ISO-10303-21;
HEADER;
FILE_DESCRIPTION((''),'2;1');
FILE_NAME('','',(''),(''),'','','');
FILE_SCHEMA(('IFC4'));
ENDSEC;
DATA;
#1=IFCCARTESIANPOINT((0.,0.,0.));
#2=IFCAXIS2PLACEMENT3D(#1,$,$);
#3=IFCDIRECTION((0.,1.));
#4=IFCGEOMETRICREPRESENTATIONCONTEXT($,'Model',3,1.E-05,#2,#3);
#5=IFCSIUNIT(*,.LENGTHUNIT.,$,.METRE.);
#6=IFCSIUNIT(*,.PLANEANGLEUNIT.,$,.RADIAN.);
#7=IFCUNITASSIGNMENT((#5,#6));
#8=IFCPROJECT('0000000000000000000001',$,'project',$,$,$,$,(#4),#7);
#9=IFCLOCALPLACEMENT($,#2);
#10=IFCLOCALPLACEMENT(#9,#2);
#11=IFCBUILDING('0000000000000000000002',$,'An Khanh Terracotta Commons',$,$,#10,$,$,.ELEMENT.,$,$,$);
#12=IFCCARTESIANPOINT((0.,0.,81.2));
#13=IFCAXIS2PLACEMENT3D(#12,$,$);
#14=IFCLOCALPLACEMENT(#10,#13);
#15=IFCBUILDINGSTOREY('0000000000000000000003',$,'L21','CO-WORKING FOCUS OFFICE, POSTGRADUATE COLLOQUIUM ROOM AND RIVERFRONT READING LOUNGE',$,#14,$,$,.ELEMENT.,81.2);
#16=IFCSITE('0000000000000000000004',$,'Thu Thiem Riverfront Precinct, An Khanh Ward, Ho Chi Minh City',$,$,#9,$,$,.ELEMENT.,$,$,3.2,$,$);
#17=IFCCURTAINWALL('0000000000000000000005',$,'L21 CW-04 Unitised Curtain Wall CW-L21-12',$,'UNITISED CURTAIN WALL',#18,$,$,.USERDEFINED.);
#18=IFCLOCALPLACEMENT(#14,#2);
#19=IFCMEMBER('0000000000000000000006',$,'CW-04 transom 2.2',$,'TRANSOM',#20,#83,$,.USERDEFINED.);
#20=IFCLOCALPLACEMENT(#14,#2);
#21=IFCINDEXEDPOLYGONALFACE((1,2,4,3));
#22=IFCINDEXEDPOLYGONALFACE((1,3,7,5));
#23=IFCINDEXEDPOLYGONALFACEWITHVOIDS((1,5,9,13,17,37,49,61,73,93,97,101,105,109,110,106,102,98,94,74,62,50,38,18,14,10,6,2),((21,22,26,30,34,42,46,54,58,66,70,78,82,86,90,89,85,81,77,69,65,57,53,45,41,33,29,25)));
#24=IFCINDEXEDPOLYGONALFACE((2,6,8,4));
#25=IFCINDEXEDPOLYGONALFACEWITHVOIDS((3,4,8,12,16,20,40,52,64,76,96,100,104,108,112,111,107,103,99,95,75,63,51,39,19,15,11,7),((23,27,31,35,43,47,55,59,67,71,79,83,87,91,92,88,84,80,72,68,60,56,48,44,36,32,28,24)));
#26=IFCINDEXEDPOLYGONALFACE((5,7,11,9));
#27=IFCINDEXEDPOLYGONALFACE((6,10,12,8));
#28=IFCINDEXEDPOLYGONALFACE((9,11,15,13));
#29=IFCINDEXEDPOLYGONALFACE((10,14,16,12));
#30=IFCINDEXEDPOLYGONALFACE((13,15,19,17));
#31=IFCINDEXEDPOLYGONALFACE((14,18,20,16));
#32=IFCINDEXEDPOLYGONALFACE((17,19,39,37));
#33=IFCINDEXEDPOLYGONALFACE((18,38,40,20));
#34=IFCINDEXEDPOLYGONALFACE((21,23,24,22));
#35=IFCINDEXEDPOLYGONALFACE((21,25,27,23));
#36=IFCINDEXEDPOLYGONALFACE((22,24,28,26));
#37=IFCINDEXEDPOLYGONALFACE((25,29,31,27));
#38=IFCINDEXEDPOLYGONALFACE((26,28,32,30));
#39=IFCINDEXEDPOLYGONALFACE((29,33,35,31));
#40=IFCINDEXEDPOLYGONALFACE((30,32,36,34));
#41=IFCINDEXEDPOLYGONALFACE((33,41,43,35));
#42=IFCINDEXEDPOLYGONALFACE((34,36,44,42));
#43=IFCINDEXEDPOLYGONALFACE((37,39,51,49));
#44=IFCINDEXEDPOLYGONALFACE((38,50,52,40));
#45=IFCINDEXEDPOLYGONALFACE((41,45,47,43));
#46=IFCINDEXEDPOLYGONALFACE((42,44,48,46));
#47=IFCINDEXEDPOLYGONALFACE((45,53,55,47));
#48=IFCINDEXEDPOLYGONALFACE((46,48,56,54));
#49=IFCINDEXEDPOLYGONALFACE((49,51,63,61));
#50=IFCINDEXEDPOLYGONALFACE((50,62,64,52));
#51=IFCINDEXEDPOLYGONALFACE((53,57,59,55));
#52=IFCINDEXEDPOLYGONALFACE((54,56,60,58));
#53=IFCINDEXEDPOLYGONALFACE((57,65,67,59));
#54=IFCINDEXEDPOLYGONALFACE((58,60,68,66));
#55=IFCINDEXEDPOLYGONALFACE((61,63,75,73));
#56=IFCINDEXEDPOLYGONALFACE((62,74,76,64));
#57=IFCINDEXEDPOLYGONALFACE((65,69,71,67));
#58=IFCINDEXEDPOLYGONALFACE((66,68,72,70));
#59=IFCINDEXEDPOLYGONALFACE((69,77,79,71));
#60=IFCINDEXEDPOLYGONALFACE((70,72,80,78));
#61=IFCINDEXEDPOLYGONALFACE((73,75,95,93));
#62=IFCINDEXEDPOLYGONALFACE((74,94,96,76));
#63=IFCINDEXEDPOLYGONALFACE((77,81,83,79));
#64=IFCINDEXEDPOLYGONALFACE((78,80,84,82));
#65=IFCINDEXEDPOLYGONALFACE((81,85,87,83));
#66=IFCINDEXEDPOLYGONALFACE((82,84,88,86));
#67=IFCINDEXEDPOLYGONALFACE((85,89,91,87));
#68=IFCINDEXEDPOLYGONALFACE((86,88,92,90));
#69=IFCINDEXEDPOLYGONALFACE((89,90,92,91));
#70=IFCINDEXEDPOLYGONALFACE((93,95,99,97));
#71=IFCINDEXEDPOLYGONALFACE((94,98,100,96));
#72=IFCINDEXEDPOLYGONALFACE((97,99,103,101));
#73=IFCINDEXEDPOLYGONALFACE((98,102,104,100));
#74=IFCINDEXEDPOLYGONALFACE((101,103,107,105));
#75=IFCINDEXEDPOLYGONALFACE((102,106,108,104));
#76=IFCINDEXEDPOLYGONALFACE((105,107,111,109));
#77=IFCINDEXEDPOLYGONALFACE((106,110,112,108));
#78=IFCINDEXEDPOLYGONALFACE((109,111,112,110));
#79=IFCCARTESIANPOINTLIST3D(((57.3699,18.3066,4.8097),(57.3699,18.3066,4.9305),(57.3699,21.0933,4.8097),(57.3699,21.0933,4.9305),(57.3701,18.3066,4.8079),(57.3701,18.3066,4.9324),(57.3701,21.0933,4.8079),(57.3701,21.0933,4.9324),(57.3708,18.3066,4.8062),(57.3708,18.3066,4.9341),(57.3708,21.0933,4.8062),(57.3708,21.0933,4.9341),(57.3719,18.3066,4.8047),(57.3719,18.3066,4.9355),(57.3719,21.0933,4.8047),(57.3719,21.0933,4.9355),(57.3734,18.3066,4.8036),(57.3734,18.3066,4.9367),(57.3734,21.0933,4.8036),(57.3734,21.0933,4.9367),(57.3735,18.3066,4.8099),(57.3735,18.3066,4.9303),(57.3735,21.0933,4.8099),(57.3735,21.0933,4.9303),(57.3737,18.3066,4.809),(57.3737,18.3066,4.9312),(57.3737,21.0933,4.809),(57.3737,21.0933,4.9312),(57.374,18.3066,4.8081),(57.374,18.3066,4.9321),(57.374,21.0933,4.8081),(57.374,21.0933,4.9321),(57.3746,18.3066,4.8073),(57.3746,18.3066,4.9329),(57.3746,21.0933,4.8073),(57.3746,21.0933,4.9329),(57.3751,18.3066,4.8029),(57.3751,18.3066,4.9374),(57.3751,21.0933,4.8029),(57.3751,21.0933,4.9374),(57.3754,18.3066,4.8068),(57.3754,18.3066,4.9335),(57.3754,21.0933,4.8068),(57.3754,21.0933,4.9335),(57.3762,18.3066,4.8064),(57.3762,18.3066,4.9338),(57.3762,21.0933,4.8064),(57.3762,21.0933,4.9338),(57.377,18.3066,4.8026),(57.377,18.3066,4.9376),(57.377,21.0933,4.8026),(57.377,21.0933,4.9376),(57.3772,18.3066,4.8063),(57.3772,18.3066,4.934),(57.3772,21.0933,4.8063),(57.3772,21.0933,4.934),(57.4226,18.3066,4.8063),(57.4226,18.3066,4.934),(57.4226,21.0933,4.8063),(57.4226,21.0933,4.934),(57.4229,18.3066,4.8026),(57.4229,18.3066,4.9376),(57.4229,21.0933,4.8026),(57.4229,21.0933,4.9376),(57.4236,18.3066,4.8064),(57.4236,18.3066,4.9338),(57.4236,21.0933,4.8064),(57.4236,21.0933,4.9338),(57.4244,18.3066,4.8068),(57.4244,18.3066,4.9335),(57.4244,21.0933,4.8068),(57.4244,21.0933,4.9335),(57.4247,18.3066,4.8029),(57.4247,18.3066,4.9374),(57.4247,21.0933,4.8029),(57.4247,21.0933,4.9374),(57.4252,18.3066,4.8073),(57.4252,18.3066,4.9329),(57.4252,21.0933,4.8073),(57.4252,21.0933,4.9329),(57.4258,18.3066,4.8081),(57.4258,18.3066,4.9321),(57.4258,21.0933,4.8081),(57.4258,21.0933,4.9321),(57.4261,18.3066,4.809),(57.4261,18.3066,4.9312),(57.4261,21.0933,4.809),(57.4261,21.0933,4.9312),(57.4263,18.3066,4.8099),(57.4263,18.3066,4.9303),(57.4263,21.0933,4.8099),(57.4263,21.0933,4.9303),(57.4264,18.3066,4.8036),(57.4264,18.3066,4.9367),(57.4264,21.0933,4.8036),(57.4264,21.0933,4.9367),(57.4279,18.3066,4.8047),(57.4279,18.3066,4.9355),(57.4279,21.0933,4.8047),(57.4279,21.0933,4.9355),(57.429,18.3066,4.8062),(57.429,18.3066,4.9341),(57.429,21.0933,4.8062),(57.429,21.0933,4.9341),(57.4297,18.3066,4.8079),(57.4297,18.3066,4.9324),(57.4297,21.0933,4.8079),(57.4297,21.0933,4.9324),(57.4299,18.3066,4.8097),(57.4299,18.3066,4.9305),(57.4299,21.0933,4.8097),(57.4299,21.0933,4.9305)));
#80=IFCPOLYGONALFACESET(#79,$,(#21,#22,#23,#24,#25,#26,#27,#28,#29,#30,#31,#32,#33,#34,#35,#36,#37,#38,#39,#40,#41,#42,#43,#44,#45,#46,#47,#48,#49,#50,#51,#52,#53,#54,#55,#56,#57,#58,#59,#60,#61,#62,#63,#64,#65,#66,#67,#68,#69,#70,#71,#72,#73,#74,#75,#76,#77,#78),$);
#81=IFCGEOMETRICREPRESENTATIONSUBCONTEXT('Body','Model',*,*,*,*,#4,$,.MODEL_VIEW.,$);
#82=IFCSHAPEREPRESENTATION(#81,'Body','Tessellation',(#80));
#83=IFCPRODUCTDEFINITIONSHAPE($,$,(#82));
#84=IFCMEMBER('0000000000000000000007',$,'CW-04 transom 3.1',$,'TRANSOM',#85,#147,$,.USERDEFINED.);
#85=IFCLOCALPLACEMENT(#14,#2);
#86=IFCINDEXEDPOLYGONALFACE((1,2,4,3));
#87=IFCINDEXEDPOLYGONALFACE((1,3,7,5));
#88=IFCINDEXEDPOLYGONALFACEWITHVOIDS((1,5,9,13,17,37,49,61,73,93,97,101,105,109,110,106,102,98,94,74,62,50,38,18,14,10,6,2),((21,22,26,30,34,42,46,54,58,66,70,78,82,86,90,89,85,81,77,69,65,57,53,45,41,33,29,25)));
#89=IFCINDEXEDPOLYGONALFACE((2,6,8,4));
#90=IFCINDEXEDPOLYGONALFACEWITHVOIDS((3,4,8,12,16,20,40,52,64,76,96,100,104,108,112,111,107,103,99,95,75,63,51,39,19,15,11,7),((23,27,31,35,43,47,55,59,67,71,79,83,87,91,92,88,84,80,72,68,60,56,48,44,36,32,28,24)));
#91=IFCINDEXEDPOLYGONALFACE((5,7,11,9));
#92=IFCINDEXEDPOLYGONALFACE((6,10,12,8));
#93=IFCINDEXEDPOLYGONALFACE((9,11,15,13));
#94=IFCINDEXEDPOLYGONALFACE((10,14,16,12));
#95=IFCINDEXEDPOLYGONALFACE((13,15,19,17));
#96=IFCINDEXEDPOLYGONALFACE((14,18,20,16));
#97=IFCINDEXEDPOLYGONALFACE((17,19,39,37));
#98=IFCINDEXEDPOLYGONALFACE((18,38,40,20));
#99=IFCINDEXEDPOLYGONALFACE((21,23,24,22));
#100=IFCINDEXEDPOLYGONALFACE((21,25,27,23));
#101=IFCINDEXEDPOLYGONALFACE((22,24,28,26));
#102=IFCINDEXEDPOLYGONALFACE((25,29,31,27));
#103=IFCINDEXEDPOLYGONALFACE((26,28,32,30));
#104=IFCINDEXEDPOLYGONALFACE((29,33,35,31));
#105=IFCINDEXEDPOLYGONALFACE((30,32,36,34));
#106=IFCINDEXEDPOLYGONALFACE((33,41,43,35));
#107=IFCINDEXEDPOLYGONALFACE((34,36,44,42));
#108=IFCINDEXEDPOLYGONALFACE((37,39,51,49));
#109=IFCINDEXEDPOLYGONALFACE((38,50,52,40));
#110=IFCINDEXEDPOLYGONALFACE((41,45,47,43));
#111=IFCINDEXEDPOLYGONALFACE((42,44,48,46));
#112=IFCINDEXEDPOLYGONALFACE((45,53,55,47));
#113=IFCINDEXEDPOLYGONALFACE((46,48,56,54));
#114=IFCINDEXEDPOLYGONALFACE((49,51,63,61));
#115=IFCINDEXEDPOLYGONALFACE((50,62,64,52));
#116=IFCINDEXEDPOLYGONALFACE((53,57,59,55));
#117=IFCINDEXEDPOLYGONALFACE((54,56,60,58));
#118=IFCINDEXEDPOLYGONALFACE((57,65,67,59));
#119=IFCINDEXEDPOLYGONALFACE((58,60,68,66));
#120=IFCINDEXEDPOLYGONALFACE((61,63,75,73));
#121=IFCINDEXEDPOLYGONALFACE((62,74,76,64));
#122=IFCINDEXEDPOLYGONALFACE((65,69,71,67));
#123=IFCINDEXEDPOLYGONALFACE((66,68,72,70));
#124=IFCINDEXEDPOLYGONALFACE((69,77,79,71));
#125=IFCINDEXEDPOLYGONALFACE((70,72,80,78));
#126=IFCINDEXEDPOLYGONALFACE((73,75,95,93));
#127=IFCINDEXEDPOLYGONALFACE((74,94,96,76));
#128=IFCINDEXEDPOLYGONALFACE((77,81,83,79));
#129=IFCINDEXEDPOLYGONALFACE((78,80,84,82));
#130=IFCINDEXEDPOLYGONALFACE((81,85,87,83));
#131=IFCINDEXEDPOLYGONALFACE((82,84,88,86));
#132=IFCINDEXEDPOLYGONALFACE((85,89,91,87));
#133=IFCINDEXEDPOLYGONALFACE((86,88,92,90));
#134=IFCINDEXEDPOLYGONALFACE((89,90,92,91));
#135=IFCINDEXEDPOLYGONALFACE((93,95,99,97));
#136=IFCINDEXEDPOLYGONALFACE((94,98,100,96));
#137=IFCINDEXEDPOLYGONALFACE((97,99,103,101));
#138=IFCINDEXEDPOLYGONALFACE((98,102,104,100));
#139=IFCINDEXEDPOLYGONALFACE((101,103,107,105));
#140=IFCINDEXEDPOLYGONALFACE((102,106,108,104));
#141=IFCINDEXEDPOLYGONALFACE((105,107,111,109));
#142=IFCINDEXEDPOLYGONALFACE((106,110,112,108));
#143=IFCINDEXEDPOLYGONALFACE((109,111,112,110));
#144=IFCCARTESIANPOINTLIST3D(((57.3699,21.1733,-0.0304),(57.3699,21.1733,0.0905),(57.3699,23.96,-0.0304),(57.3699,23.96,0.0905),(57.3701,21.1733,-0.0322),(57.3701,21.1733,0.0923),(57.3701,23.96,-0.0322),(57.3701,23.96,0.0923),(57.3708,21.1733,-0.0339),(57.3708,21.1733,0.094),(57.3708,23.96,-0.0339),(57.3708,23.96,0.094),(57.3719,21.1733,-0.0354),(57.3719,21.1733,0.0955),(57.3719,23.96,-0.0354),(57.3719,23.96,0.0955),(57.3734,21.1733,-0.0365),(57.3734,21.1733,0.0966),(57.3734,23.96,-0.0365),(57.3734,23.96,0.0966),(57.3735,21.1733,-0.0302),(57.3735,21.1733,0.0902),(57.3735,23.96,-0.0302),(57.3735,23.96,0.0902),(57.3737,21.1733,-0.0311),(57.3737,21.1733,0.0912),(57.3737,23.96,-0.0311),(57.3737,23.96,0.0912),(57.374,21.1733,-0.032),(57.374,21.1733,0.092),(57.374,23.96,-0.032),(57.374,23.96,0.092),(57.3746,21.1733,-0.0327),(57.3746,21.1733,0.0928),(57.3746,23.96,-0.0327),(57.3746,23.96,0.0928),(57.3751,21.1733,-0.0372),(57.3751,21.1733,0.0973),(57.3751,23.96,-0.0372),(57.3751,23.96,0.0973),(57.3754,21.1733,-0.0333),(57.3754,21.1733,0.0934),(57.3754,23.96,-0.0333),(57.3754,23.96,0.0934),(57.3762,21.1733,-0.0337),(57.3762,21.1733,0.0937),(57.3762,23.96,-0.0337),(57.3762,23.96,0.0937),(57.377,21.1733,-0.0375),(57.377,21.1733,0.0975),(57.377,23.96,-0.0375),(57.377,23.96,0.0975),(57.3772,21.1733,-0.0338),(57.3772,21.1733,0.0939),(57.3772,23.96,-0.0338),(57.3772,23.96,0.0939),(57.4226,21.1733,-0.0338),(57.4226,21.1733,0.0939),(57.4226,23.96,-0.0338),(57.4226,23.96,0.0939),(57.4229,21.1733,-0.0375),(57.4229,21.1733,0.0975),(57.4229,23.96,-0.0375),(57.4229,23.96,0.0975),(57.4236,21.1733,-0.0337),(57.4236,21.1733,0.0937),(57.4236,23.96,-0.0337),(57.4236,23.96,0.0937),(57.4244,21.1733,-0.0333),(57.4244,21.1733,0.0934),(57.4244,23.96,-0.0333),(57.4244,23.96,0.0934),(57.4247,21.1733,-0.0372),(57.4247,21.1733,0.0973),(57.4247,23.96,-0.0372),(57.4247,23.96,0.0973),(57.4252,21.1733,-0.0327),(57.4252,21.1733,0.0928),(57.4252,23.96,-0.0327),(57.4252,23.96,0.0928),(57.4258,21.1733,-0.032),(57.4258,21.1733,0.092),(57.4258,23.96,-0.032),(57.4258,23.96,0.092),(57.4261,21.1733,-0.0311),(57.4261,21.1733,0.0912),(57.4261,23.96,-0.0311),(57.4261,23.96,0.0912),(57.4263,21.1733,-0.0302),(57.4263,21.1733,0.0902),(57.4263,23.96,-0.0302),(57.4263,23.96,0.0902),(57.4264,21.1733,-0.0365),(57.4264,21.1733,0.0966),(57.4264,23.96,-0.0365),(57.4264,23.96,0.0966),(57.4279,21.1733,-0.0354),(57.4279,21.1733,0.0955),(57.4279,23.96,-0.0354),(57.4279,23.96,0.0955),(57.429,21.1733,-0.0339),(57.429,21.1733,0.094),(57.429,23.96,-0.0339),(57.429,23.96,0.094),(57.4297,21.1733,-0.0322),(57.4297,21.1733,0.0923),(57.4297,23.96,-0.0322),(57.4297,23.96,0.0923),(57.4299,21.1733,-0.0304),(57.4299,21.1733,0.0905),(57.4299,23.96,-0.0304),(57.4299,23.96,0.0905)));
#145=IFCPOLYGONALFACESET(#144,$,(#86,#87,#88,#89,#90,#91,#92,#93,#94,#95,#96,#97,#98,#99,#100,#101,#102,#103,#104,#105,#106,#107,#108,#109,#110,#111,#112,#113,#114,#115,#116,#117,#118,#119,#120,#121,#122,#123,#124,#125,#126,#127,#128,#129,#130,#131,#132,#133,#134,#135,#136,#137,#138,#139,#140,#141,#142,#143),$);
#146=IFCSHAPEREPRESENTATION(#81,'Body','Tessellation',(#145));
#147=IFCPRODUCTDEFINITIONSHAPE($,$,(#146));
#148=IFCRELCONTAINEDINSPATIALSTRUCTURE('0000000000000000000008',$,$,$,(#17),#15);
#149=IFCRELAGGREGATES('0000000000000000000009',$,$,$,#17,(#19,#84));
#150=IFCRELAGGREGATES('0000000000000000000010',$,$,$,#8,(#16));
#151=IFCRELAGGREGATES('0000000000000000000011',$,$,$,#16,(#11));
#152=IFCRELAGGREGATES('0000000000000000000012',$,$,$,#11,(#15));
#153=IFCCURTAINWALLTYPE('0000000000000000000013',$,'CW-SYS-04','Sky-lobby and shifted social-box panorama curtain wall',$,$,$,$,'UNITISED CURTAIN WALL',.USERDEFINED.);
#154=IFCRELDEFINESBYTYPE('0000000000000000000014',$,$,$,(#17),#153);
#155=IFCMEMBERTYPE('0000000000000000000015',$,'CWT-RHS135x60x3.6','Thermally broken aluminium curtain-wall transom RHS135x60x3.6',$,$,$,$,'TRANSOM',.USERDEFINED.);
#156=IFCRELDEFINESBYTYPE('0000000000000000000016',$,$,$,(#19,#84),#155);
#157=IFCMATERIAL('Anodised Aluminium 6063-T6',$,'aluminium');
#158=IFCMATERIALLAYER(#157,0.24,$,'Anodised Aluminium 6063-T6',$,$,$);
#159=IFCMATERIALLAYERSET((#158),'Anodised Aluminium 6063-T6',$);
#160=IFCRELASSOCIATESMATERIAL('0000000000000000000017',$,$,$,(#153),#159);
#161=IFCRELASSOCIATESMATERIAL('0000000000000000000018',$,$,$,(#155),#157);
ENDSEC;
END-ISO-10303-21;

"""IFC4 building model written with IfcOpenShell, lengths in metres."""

from ifc_helpers import new_model, si_unit, direction, frame, origin, origin_2d, place, context, subcontext, project, spatial, hollow_rectangle, extrude, material, layer, layer_set, material_profile, profile_set, type_object, element, aggregate, save


model = new_model("IFC4")

# Units and contexts
model_context = context("Model", 3, precision=1e-05, world=origin(), true_north=direction((0.0, 1.0)))
body_context = subcontext(model_context, "Body", "Model", "MODEL_VIEW")
ifc_project = project(units=[si_unit("LENGTHUNIT", "METRE"), si_unit("PLANEANGLEUNIT", "RADIAN")], contexts=[model_context])

# Site, building, storey
site_placement = place(None, origin())
site = spatial("IfcSite", under=ifc_project, at=site_placement, Name="Thu Thiem Riverfront Precinct, An Khanh Ward, Ho Chi Minh City", CompositionType="ELEMENT", RefElevation=3.2)
building_placement = place(site_placement, origin())
building = spatial("IfcBuilding", under=site, at=building_placement, Name="An Khanh Terracotta Commons", CompositionType="ELEMENT")
storey_placement = place(building_placement, frame((0.0, 0.0, 81.2)))
storey = spatial("IfcBuildingStorey", under=building, at=storey_placement, Name="L21", Description="CO-WORKING FOCUS OFFICE, POSTGRADUATE COLLOQUIUM ROOM AND RIVERFRONT READING LOUNGE", CompositionType="ELEMENT", Elevation=81.2)

# Curtain wall
ifc_material_1 = material(Name="Anodised Aluminium 6063-T6", Category="aluminium")
ifc_layer_1 = layer(ifc_material_1, 0.24, Name="Anodised Aluminium 6063-T6")
ifc_layer_set_1 = layer_set([ifc_layer_1], Name="Anodised Aluminium 6063-T6")
curtain_wall_type = type_object("IfcCurtainWallType", Name="CW-SYS-04", Description="Sky-lobby and shifted social-box panorama curtain wall", ElementType="UNITISED CURTAIN WALL", PredefinedType="USERDEFINED", material=ifc_layer_set_1)
curtain_wall_1_placement = place(storey_placement, origin())
curtain_wall_1 = element("IfcCurtainWall", 1, at=curtain_wall_1_placement, inside=storey, type_object=curtain_wall_type, Name="L21 CW-04 Unitised Curtain Wall CW-L21-12", ObjectType="UNITISED CURTAIN WALL", PredefinedType="USERDEFINED")

# Members
ifc_material_profile_1 = material_profile(ifc_material_1, hollow_rectangle(XDim=0.0601, YDim=0.135, WallThickness=0.0037, InnerFilletRadius=0.0037, OuterFilletRadius=0.0071, at=origin_2d()), Name="RHS135x60x3.6")
ifc_profile_set_1 = profile_set([ifc_material_profile_1], Name="Anodised Aluminium 6063-T6")
member_type_1 = type_object("IfcMemberType", Name="CWT-RHS135x60x3.6", Description="Thermally broken aluminium curtain-wall transom RHS135x60x3.6", ElementType="TRANSOM", PredefinedType="USERDEFINED", material=ifc_profile_set_1)
member_1_placement = place(storey_placement, frame((57.3999, 18.3066, 4.8701), z_axis=(0.0, 1.0, 0.0), x_axis=(-1.0, 0.0, 0.0)))
member_1 = element("IfcMember", 2, at=member_1_placement, type_object=member_type_1, Name="CW-04 transom 2.2", ObjectType="TRANSOM", PredefinedType="USERDEFINED", context=body_context, shape_type="SweptSolid", body=[
    extrude(hollow_rectangle(XDim=0.0601, YDim=0.135, WallThickness=0.0037, InnerFilletRadius=0.0037, OuterFilletRadius=0.0071, at=origin_2d()), origin(), (0.0, 0.0, 1.0), 2.7866),
])
member_2_placement = place(storey_placement, frame((57.3999, 21.1733, 0.03), z_axis=(0.0, 1.0, 0.0), x_axis=(-1.0, 0.0, 0.0)))
member_2 = element("IfcMember", 3, at=member_2_placement, type_object=member_type_1, Name="CW-04 transom 3.1", ObjectType="TRANSOM", PredefinedType="USERDEFINED", context=body_context, shape_type="SweptSolid", body=[
    extrude(hollow_rectangle(XDim=0.0601, YDim=0.135, WallThickness=0.0037, InnerFilletRadius=0.0037, OuterFilletRadius=0.0071, at=origin_2d()), origin(), (0.0, 0.0, 1.0), 2.7866),
])

aggregate(curtain_wall_1, [member_1, member_2])

save(model, "model.ifc")
